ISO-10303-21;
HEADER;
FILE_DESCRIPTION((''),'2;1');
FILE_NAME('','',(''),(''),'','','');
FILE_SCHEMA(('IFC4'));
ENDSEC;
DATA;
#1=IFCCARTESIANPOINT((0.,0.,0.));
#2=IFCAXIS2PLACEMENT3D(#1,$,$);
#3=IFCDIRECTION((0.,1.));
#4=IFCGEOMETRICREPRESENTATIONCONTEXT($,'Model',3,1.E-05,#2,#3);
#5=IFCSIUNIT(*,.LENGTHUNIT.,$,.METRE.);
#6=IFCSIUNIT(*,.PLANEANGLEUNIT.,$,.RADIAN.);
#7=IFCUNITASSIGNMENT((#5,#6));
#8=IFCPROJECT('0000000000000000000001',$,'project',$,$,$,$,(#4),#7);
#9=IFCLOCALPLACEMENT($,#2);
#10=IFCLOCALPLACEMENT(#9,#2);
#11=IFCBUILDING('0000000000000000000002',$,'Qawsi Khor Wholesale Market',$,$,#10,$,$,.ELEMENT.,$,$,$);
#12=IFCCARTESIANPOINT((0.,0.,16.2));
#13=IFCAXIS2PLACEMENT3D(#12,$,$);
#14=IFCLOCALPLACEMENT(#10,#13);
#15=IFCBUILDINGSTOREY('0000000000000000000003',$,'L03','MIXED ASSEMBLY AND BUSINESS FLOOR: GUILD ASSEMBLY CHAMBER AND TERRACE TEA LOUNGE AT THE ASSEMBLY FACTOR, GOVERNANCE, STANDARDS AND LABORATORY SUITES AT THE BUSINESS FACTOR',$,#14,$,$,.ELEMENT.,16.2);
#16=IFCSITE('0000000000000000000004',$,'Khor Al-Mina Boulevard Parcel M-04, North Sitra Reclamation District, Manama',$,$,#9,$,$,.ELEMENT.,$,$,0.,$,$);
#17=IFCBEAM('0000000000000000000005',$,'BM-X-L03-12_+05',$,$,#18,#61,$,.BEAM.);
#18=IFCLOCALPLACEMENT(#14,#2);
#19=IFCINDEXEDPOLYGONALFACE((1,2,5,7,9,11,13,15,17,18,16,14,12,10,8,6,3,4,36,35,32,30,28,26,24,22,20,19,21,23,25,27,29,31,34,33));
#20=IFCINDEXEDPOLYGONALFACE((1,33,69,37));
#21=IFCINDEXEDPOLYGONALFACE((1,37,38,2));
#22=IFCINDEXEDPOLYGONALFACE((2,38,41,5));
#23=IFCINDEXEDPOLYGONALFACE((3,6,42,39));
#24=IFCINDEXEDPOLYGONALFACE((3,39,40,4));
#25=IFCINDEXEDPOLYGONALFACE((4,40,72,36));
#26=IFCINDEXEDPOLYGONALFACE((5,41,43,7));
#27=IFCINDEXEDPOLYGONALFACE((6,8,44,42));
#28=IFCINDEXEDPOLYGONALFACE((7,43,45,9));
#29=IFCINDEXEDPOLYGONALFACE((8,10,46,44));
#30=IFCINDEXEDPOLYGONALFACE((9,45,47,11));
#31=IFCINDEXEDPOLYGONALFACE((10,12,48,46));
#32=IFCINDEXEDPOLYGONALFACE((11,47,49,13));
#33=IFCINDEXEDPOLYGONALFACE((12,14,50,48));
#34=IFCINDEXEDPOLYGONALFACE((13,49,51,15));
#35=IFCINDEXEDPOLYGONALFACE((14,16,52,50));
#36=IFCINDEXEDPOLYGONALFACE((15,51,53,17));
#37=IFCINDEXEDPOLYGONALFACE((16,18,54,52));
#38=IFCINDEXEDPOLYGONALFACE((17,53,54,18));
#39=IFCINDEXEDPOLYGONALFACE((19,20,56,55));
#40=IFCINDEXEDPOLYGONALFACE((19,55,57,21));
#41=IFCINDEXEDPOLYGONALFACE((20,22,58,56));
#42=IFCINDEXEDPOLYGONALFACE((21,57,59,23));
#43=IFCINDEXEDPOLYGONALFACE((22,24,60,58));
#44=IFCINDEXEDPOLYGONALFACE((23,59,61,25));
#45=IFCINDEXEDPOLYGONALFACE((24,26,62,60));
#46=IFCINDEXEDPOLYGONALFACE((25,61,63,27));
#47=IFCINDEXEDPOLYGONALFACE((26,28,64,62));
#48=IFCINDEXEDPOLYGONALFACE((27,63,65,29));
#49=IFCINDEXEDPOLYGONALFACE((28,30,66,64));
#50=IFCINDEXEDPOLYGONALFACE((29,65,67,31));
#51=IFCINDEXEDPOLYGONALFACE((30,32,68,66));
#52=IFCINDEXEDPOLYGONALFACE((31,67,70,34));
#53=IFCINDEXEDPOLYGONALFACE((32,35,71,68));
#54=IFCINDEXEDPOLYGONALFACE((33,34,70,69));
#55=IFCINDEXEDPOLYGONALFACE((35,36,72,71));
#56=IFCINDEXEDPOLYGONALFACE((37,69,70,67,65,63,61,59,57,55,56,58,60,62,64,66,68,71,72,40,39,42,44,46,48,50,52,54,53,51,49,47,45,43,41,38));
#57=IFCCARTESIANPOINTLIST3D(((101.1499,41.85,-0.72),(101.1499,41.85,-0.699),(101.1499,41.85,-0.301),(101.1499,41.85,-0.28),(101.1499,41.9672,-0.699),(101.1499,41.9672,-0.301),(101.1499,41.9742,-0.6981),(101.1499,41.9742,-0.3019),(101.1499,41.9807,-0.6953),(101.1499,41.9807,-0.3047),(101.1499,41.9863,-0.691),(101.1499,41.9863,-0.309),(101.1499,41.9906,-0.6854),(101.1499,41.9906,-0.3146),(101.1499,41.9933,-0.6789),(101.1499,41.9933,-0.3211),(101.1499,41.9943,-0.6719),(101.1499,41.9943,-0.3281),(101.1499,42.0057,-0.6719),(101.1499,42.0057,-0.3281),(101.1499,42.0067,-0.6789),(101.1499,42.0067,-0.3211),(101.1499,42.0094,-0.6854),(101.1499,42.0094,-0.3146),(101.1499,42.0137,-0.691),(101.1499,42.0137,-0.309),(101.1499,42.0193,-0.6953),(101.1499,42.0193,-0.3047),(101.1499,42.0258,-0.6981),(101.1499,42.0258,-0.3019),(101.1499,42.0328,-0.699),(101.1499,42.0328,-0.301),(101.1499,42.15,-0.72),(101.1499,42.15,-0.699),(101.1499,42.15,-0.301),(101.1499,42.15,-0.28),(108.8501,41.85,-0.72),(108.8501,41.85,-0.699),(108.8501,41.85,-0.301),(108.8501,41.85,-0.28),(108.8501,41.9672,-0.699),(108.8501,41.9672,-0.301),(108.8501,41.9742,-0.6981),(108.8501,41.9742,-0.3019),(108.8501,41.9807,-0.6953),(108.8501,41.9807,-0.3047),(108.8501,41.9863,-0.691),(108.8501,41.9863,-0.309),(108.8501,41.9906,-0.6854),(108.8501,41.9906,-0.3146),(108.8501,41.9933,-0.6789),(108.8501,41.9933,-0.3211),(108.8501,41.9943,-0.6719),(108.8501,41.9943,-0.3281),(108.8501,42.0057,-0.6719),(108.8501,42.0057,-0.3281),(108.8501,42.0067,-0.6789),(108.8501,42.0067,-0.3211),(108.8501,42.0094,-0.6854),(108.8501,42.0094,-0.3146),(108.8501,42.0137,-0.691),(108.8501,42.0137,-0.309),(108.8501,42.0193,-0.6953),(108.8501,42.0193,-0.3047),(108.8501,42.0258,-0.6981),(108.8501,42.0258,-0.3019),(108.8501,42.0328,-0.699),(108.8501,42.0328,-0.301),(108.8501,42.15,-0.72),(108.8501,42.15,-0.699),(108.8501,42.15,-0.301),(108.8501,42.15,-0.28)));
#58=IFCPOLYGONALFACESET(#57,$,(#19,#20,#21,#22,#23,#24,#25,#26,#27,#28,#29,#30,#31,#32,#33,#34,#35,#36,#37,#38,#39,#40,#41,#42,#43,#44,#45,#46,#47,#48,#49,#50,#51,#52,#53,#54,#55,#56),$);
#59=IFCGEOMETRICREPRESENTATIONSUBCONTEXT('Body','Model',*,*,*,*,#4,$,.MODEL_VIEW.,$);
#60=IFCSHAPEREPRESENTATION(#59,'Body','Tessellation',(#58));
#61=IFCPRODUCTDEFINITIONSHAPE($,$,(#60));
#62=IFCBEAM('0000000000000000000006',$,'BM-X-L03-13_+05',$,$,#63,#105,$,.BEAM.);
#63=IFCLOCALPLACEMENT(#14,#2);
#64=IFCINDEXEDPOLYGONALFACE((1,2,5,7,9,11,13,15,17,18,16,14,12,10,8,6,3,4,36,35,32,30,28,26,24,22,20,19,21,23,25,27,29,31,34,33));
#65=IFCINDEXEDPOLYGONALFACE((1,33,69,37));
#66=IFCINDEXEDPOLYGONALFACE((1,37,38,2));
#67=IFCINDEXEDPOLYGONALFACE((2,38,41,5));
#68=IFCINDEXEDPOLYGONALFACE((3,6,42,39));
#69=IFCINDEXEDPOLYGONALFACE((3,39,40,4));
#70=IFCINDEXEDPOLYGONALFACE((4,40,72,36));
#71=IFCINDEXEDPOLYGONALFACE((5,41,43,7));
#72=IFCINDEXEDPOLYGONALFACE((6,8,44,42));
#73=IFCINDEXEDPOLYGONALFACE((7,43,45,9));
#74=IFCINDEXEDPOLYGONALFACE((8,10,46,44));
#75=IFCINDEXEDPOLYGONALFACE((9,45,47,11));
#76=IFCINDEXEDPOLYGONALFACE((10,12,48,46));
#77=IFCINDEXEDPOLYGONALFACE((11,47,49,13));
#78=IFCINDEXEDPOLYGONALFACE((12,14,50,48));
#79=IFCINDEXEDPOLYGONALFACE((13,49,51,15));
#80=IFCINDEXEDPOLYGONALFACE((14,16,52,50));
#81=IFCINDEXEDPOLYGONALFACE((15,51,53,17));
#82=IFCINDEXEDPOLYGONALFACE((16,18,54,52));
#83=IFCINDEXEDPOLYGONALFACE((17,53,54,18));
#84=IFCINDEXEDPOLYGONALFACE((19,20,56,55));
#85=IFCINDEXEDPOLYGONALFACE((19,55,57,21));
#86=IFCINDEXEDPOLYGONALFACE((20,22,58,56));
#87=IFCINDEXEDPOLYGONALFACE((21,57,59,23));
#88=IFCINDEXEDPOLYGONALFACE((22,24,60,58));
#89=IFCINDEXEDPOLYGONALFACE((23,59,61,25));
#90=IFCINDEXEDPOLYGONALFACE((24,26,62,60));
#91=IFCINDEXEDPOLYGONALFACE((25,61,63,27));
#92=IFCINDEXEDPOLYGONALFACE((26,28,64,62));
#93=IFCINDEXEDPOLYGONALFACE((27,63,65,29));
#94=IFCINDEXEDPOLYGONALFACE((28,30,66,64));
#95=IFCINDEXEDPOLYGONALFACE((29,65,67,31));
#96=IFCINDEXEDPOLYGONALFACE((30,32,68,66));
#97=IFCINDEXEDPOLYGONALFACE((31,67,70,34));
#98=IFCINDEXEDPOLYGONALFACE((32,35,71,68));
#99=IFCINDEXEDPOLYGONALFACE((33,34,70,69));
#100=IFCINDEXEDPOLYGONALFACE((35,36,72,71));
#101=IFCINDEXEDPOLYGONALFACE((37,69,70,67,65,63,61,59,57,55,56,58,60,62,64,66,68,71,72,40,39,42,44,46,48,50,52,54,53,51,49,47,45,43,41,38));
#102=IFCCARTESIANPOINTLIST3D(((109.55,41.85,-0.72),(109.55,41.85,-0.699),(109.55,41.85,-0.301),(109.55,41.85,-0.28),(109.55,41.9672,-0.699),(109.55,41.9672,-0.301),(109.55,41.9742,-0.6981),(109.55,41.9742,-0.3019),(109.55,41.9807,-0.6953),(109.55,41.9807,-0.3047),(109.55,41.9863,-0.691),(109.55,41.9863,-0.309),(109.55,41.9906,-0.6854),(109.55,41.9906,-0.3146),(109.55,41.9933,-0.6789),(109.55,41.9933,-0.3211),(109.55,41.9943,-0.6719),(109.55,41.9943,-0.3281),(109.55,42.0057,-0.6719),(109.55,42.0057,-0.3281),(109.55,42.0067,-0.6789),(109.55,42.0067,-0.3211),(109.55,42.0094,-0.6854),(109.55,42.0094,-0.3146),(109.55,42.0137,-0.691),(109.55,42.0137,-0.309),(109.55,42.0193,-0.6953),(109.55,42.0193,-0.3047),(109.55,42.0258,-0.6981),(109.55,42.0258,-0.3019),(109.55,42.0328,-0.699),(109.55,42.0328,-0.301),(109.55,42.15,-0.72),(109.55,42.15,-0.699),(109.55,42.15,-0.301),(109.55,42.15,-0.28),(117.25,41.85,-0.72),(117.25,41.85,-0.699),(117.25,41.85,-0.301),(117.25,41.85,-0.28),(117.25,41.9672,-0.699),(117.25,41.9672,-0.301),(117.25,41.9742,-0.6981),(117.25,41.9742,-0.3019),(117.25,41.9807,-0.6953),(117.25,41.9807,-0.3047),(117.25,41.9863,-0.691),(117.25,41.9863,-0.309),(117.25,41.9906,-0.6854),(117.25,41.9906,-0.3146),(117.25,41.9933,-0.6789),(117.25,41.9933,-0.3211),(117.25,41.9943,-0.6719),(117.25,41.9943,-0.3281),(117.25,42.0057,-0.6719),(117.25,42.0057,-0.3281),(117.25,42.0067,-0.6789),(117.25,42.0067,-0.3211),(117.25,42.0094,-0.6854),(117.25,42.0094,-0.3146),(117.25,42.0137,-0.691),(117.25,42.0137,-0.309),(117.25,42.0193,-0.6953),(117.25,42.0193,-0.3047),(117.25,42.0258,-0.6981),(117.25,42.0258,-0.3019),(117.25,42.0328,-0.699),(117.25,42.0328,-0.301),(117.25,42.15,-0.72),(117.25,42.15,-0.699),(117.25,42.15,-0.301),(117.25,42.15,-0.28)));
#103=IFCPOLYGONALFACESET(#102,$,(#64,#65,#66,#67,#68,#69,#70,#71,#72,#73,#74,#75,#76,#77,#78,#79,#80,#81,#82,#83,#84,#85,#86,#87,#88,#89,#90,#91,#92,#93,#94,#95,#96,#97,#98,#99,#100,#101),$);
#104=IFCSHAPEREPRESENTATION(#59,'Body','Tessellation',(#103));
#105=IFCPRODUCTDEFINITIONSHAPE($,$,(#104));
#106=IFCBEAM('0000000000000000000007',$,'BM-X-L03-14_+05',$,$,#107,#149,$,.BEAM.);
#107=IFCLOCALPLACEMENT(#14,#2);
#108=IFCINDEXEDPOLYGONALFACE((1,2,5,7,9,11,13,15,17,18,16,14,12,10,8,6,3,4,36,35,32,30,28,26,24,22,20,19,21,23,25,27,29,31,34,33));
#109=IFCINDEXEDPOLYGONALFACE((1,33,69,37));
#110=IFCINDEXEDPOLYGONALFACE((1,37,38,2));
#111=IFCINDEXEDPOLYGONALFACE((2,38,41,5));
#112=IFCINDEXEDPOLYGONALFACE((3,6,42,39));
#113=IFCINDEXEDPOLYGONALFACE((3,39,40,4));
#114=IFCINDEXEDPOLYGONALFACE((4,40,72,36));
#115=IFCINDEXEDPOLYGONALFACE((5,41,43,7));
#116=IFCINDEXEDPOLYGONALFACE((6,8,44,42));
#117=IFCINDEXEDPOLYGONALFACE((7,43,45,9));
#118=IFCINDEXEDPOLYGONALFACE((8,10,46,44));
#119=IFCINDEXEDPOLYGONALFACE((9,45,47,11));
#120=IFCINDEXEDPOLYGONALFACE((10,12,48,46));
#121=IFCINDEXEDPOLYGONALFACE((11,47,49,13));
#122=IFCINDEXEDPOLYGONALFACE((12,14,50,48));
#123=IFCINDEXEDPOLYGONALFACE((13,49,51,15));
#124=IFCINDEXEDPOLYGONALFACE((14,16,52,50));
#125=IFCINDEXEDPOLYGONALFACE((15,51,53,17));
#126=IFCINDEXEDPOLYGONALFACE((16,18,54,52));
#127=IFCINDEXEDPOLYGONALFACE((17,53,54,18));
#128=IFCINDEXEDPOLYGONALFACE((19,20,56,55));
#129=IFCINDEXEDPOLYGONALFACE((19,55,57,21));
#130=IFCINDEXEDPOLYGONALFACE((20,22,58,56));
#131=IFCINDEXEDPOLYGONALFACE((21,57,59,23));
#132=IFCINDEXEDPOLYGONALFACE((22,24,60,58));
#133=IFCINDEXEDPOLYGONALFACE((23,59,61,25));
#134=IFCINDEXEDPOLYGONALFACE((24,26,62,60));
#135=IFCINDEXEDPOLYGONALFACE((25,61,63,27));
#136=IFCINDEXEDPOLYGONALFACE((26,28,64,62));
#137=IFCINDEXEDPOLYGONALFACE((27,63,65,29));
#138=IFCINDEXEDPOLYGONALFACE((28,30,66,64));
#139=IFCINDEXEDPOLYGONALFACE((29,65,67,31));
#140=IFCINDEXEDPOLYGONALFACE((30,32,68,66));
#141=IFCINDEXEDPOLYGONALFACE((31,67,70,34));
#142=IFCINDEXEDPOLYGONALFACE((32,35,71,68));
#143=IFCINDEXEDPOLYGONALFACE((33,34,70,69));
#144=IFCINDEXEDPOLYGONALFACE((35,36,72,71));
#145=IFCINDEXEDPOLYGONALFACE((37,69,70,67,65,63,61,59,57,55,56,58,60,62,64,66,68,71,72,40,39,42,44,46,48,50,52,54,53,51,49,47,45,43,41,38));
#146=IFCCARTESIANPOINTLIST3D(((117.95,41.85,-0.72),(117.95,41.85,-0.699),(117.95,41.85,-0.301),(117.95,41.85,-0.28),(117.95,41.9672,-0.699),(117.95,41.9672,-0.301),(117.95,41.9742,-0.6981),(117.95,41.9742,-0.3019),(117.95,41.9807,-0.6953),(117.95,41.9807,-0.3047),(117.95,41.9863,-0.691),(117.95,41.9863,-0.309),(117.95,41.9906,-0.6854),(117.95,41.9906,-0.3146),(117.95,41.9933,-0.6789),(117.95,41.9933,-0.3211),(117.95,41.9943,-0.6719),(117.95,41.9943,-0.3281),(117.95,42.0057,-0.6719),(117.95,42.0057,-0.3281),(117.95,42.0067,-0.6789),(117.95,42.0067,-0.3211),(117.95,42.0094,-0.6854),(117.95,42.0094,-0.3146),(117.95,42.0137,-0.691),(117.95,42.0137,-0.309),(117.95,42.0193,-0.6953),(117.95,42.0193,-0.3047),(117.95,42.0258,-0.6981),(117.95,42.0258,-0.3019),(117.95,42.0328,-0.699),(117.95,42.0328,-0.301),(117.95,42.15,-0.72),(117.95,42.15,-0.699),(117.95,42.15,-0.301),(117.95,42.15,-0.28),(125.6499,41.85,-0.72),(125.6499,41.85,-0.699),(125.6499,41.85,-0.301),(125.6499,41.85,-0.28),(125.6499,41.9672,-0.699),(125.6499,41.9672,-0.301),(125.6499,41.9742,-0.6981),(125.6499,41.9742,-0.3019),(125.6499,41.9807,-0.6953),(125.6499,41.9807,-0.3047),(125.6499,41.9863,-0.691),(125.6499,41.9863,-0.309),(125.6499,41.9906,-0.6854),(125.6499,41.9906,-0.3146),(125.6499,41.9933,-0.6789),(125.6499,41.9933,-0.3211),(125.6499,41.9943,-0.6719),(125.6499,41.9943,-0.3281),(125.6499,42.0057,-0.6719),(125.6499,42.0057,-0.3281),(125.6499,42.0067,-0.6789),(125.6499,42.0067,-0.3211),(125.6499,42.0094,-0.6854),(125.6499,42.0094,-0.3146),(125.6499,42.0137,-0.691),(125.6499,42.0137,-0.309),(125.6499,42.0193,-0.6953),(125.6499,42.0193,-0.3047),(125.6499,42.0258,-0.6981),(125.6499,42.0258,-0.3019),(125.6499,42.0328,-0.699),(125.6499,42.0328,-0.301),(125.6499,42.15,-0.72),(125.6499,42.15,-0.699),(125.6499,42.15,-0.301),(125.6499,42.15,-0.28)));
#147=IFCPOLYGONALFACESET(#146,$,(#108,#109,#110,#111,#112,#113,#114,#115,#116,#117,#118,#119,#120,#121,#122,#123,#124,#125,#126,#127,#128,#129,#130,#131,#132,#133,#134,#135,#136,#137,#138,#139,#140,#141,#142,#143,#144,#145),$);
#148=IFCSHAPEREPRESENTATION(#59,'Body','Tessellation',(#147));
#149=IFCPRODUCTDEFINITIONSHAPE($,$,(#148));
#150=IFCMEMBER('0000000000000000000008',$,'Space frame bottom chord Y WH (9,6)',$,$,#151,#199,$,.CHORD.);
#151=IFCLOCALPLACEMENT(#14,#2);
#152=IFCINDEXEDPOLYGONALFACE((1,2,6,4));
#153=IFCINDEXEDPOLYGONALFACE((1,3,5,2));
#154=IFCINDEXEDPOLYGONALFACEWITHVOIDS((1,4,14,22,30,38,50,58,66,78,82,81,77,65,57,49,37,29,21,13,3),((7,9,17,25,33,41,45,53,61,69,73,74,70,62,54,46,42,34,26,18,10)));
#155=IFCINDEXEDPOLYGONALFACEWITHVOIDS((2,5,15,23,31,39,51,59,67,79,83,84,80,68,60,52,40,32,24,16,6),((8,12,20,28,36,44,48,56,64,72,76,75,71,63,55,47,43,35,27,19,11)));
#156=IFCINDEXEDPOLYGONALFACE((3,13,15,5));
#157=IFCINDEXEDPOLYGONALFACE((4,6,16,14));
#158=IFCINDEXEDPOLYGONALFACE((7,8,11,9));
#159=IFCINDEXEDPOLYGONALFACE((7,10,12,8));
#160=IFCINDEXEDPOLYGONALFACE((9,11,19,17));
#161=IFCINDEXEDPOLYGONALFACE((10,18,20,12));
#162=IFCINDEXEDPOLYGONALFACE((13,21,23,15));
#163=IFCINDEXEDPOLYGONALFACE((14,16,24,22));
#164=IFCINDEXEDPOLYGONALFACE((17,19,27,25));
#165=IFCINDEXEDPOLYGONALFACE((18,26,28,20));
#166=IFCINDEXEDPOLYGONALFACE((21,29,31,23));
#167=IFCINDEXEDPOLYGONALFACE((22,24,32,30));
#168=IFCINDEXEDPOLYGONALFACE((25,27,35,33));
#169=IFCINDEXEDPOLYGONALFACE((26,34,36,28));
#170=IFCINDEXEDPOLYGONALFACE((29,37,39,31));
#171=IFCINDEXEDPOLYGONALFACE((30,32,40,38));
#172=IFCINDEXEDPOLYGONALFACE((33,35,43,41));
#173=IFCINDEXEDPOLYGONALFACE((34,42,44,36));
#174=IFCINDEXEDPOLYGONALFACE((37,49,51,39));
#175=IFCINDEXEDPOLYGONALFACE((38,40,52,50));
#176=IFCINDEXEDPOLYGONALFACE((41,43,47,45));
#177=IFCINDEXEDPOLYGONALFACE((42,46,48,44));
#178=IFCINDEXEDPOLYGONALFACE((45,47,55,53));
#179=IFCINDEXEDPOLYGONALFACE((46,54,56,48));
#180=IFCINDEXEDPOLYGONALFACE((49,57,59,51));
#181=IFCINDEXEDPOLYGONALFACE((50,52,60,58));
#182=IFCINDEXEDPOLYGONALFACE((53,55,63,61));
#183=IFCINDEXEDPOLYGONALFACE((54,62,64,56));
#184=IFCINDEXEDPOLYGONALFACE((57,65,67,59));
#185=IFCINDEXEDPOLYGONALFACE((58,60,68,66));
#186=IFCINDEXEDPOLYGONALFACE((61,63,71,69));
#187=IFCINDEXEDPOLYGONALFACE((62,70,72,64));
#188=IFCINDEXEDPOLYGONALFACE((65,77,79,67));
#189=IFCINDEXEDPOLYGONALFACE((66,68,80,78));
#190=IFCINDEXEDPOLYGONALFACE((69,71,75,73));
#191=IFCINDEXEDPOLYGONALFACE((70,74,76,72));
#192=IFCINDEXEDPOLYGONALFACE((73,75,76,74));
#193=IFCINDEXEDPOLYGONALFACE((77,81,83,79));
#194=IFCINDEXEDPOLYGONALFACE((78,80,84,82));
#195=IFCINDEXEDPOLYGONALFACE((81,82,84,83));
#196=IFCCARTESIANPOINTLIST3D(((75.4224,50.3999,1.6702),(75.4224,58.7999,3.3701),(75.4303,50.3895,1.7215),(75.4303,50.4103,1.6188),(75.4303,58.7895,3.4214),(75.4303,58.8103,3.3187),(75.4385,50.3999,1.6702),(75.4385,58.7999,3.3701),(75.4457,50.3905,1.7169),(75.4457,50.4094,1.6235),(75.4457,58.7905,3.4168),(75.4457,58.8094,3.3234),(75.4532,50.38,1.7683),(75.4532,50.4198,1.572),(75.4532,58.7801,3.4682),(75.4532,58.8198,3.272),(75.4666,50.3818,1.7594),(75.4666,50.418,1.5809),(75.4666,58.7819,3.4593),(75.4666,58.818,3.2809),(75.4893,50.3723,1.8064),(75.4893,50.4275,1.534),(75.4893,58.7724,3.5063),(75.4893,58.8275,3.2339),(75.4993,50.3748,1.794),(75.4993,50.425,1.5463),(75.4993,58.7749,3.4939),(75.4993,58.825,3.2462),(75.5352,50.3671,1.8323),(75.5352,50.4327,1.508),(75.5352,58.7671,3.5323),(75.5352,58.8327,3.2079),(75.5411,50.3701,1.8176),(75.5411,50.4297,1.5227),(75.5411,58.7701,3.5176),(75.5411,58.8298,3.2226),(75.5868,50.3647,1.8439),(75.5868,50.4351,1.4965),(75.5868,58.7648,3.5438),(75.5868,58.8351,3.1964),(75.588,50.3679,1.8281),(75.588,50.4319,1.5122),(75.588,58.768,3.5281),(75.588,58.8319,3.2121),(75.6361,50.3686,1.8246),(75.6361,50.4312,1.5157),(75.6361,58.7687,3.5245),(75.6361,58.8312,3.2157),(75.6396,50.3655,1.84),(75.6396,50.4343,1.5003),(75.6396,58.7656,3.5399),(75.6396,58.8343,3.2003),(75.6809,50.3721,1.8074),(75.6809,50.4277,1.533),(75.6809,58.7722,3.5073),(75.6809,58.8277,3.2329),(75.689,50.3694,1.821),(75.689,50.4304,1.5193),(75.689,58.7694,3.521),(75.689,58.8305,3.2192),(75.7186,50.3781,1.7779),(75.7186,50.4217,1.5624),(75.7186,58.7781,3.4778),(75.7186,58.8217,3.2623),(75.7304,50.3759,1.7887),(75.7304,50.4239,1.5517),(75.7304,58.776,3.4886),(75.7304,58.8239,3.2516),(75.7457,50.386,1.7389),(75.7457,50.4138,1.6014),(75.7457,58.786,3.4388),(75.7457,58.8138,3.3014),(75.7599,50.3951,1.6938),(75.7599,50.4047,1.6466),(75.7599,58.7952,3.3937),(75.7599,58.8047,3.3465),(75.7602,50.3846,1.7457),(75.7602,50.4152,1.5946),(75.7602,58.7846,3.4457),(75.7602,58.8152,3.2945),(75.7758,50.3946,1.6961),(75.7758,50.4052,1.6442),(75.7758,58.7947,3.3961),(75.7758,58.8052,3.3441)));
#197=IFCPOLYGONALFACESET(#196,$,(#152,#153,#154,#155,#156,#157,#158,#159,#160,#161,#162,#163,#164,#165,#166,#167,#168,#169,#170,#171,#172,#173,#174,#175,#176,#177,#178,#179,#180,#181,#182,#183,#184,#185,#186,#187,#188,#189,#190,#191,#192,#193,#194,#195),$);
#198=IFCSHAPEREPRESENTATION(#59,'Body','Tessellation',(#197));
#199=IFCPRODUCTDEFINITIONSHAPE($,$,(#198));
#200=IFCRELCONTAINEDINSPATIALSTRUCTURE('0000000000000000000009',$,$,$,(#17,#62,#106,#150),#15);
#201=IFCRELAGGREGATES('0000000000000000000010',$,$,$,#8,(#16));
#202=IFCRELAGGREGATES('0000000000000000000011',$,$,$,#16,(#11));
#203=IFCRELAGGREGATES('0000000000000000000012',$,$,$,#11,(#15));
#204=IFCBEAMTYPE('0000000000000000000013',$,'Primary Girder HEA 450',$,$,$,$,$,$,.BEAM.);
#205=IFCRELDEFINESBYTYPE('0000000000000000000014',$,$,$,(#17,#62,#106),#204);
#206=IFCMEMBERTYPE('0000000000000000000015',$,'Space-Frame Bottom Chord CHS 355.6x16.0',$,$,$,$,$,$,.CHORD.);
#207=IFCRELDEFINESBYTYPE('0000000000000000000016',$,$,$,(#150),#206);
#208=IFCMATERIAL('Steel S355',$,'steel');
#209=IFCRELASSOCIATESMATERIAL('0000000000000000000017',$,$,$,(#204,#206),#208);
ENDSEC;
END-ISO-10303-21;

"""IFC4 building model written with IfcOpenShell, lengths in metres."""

from ifc_helpers import new_model, si_unit, direction, frame, origin, origin_2d, place, context, subcontext, project, spatial, hollow_circle, i_section, extrude, material, material_profile, profile_set, type_object, element, save


model = new_model("IFC4")

# Units and contexts
model_context = context("Model", 3, precision=1e-05, world=origin(), true_north=direction((0.0, 1.0)))
body_context = subcontext(model_context, "Body", "Model", "MODEL_VIEW")
ifc_project = project(units=[si_unit("LENGTHUNIT", "METRE"), si_unit("PLANEANGLEUNIT", "RADIAN")], contexts=[model_context])

# Site, building, storey
site_placement = place(None, origin())
site = spatial("IfcSite", under=ifc_project, at=site_placement, Name="Khor Al-Mina Boulevard Parcel M-04, North Sitra Reclamation District, Manama", CompositionType="ELEMENT", RefElevation=0.0)
building_placement = place(site_placement, origin())
building = spatial("IfcBuilding", under=site, at=building_placement, Name="Qawsi Khor Wholesale Market", CompositionType="ELEMENT")
storey_placement = place(building_placement, frame((0.0, 0.0, 16.2)))
storey = spatial("IfcBuildingStorey", under=building, at=storey_placement, Name="L03", Description="MIXED ASSEMBLY AND BUSINESS FLOOR: GUILD ASSEMBLY CHAMBER AND TERRACE TEA LOUNGE AT THE ASSEMBLY FACTOR, GOVERNANCE, STANDARDS AND LABORATORY SUITES AT THE BUSINESS FACTOR", CompositionType="ELEMENT", Elevation=16.2)

# Beams
ifc_material_1 = material(Name="Steel S355", Category="steel")
ifc_material_profile_1 = material_profile(ifc_material_1, i_section(OverallWidth=0.3, OverallDepth=0.4399, WebThickness=0.0115, FlangeThickness=0.021, FilletRadius=0.0271, at=origin_2d()), Name="HEA 450")
ifc_profile_set_1 = profile_set([ifc_material_profile_1], Name="Steel S355")
beam_type = type_object("IfcBeamType", Name="Primary Girder HEA 450", PredefinedType="BEAM", material=ifc_profile_set_1)
beam_1_placement = place(storey_placement, frame((101.1499, 42.0, -0.5), z_axis=(1.0, 0.0, 0.0), x_axis=(0.0, 1.0, 0.0)))
element("IfcBeam", 1, at=beam_1_placement, inside=storey, type_object=beam_type, Name="BM-X-L03-12_+05", PredefinedType="BEAM", context=body_context, shape_type="SweptSolid", body=[
    extrude(i_section(OverallWidth=0.3, OverallDepth=0.4399, WebThickness=0.0115, FlangeThickness=0.021, FilletRadius=0.0271, at=origin_2d()), origin(), (0.0, 0.0, 1.0), 7.7002),
])
for number, where, z_axis, x_axis, name in (
    (2, (109.55, 42.0, -0.5), (1.0, 0.0, 0.0), (0.0, 1.0, 0.0), "BM-X-L03-13_+05"),
    (3, (117.95, 42.0, -0.5), (1.0, 0.0, 0.0), (0.0, 1.0, 0.0), "BM-X-L03-14_+05"),
):
    element("IfcBeam", number, at=place(storey_placement, frame(where, z_axis=z_axis, x_axis=x_axis)), inside=storey, type_object=beam_type, Name=name, PredefinedType="BEAM", context=body_context, shape_type="SweptSolid", body=[
        extrude(i_section(OverallWidth=0.3, OverallDepth=0.4399, WebThickness=0.0115, FlangeThickness=0.021, FilletRadius=0.0271, at=origin_2d()), origin(), (0.0, 0.0, 1.0), 7.7),
    ])

# Member
ifc_material_profile_2 = material_profile(ifc_material_1, hollow_circle(Radius=0.1777, WallThickness=0.0161, at=origin_2d()), Name="CHS 355.6x16.0")
ifc_profile_set_2 = profile_set([ifc_material_profile_2], Name="Steel S355")
member_type_1 = type_object("IfcMemberType", Name="Space-Frame Bottom Chord CHS 355.6x16.0", PredefinedType="CHORD", material=ifc_profile_set_2)
for number, where, z_axis, x_axis, name in (
    (4, (75.6001, 50.3999, 1.6702), (0.0, 0.980131, 0.198351), (-1.0, 0.0, 0.0), "Space frame bottom chord Y WH (9,6)"),
):
    element("IfcMember", number, at=place(storey_placement, frame(where, z_axis=z_axis, x_axis=x_axis)), inside=storey, type_object=member_type_1, Name=name, PredefinedType="CHORD", context=body_context, shape_type="SweptSolid", body=[
        extrude(hollow_circle(Radius=0.1777, WallThickness=0.0161, at=origin_2d()), origin(), (0.0, 0.0, 1.0), 8.5703),
    ])

save(model, "model.ifc")
